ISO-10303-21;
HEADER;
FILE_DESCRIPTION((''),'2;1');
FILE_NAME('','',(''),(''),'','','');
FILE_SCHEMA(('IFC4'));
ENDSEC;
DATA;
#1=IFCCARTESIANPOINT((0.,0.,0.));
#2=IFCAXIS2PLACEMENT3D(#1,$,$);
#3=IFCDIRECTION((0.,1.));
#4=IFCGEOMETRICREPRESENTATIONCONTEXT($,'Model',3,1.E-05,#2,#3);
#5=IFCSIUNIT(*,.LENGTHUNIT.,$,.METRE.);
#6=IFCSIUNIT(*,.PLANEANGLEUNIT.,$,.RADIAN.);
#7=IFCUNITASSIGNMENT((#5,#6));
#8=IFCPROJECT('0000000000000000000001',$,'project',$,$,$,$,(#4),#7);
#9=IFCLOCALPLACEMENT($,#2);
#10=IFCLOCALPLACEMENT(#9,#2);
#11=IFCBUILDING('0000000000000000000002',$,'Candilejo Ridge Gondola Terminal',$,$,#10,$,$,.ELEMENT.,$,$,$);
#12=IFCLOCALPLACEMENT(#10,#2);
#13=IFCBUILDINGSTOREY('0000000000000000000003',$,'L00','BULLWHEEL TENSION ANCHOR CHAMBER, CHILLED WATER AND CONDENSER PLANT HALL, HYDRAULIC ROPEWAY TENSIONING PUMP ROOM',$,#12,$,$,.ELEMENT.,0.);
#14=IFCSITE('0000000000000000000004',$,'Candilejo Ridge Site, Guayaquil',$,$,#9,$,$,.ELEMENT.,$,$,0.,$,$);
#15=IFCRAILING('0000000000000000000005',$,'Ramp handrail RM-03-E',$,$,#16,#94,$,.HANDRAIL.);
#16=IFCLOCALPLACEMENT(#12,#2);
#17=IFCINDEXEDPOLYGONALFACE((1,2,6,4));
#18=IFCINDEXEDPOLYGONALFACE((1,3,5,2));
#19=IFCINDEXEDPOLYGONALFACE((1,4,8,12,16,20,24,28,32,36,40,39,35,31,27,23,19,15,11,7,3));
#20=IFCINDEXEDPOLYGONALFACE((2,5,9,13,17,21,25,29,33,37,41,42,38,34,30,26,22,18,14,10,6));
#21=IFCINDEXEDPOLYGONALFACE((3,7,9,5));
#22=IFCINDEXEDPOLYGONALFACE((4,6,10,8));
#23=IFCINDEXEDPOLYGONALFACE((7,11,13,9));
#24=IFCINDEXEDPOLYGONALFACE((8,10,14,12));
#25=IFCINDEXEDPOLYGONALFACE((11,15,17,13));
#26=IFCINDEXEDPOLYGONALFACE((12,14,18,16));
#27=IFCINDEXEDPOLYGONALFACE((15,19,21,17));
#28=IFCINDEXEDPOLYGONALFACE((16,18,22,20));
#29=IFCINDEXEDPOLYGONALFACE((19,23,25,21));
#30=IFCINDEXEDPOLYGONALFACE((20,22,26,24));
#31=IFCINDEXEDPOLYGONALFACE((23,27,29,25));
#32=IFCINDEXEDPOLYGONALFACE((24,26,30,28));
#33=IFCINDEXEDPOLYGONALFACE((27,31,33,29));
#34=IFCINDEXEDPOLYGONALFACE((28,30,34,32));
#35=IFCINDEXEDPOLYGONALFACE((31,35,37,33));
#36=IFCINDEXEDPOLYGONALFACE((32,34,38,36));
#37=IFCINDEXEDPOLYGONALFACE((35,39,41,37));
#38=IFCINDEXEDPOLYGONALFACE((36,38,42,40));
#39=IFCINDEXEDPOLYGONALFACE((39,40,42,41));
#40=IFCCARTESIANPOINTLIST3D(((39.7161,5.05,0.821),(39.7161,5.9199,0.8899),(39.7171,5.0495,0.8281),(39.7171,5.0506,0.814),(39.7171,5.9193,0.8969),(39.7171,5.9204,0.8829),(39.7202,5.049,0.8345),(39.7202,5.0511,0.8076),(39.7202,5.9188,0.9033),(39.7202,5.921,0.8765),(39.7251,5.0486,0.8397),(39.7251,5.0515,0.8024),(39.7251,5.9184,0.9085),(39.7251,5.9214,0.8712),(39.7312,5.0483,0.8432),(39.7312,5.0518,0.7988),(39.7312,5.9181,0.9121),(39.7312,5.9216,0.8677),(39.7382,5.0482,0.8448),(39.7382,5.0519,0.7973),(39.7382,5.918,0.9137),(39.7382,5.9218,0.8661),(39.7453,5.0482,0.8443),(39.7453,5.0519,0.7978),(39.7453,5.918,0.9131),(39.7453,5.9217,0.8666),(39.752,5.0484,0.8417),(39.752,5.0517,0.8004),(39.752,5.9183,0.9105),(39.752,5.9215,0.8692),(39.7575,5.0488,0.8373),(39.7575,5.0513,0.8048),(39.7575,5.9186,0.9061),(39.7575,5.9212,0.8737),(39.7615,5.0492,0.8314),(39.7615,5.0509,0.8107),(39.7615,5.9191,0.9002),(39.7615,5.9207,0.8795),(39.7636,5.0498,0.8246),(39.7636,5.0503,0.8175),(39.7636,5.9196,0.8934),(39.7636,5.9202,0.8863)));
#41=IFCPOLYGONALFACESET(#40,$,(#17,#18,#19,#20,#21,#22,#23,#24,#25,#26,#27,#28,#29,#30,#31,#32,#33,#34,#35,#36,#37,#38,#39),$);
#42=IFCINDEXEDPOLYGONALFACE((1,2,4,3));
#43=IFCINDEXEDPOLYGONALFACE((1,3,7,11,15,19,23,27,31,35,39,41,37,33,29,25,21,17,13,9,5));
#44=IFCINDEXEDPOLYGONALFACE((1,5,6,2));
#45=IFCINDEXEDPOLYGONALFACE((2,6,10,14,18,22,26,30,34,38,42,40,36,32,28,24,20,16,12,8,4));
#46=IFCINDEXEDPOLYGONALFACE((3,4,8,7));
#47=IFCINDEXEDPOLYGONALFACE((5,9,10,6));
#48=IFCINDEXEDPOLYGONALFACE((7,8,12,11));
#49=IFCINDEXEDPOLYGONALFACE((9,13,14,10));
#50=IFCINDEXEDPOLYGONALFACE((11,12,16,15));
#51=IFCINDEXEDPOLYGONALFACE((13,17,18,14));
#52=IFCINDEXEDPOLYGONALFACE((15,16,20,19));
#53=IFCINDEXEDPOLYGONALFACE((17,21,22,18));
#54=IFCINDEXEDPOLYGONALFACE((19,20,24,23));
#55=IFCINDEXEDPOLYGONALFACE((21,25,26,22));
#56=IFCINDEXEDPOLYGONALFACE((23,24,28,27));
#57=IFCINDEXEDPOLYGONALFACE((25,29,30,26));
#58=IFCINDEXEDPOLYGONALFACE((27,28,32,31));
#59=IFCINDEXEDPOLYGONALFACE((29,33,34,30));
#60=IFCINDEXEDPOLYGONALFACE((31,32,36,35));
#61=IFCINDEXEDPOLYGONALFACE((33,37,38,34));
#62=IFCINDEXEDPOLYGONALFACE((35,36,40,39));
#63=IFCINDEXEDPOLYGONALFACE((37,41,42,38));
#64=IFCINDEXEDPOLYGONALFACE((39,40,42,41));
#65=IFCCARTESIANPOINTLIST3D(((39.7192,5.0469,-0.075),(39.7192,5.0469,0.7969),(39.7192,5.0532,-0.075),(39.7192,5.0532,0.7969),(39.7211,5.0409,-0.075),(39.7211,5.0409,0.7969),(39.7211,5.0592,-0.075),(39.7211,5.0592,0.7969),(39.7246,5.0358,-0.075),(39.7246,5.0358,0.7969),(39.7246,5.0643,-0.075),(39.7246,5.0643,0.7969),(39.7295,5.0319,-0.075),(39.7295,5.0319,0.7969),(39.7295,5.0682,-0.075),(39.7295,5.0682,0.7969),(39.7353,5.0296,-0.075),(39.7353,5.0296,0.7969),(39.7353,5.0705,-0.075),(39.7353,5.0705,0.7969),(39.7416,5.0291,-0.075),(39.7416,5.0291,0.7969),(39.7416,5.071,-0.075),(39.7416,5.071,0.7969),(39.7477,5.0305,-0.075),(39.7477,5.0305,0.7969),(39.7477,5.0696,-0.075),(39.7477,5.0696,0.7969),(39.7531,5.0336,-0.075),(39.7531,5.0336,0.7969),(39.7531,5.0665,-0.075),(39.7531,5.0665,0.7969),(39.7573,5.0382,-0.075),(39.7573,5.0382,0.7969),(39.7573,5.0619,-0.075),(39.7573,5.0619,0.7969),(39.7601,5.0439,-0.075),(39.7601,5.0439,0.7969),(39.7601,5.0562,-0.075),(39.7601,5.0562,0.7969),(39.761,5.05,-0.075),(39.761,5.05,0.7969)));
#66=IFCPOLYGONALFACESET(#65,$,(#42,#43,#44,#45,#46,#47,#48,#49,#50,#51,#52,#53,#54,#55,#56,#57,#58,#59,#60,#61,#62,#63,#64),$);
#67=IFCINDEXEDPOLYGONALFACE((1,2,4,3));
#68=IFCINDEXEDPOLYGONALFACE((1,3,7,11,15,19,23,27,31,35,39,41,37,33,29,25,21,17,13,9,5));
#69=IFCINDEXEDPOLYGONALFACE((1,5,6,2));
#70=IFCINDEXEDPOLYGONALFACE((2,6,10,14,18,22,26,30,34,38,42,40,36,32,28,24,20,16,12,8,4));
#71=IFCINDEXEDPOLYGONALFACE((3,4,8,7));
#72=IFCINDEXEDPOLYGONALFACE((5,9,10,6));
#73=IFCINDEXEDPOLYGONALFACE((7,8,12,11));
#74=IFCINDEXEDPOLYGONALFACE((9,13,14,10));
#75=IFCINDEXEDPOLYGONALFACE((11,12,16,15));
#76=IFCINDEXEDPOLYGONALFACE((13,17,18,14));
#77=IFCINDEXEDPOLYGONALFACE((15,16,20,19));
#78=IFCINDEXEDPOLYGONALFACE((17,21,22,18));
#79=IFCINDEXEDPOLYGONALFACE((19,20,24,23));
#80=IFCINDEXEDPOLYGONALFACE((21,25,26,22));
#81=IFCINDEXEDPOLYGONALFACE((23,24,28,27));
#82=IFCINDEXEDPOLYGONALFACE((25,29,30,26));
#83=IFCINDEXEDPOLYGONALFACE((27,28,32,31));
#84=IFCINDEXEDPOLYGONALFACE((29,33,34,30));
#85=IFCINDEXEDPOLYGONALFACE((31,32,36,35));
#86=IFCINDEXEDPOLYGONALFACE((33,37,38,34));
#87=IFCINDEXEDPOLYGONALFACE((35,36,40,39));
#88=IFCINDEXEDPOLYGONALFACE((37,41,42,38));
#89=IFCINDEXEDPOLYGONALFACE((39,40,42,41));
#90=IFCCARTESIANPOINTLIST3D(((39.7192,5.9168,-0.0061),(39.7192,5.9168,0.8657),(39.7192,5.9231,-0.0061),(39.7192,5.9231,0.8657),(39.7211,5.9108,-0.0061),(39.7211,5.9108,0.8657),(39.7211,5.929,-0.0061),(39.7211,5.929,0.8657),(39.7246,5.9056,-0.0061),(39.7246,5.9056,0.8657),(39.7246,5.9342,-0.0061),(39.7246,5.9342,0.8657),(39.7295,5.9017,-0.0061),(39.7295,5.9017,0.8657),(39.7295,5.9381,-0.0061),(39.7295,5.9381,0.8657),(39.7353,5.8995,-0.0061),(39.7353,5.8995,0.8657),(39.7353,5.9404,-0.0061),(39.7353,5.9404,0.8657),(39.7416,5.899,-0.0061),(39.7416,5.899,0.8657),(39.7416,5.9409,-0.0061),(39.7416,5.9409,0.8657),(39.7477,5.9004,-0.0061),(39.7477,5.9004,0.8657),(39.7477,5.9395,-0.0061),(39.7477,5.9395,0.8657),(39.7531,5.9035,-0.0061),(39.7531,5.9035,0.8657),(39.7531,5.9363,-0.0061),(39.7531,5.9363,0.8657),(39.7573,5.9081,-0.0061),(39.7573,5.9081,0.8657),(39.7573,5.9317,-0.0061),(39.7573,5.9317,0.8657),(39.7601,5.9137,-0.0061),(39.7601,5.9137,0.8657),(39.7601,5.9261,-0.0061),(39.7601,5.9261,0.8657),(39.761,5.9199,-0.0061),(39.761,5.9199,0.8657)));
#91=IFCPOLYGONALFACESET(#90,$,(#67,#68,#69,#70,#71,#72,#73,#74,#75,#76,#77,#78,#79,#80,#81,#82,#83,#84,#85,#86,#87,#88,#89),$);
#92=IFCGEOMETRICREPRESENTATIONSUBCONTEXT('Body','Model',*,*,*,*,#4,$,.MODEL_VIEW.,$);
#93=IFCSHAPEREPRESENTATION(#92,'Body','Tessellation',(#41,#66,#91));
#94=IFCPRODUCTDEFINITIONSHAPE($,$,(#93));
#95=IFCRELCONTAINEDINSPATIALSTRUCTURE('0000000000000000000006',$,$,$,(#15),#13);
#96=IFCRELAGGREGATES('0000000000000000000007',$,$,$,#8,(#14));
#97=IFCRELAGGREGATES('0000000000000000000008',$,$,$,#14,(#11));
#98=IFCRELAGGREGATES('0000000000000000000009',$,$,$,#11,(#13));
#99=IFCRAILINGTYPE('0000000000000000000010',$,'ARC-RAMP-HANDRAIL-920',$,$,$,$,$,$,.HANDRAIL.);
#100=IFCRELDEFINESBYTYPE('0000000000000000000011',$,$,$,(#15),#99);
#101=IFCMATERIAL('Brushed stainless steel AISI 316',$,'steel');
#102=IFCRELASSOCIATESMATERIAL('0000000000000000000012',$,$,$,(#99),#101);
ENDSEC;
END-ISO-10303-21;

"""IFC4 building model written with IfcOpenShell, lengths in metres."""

from ifc_helpers import new_model, si_unit, direction, frame, origin, origin_2d, place, context, subcontext, project, spatial, circle, extrude, material, type_object, element, save


model = new_model("IFC4")

# Units and contexts
model_context = context("Model", 3, precision=1e-05, world=origin(), true_north=direction((0.0, 1.0)))
body_context = subcontext(model_context, "Body", "Model", "MODEL_VIEW")
ifc_project = project(units=[si_unit("LENGTHUNIT", "METRE"), si_unit("PLANEANGLEUNIT", "RADIAN")], contexts=[model_context])

# Site, building, storey
site_placement = place(None, origin())
site = spatial("IfcSite", under=ifc_project, at=site_placement, Name="Candilejo Ridge Site, Guayaquil", CompositionType="ELEMENT", RefElevation=0.0)
building_placement = place(site_placement, origin())
building = spatial("IfcBuilding", under=site, at=building_placement, Name="Candilejo Ridge Gondola Terminal", CompositionType="ELEMENT")
storey_placement = place(building_placement, origin())
storey = spatial("IfcBuildingStorey", under=building, at=storey_placement, Name="L00", Description="BULLWHEEL TENSION ANCHOR CHAMBER, CHILLED WATER AND CONDENSER PLANT HALL, HYDRAULIC ROPEWAY TENSIONING PUMP ROOM", CompositionType="ELEMENT", Elevation=0.0)

# Railing
ifc_material_1 = material(Name="Brushed stainless steel AISI 316", Category="steel")
railing_type = type_object("IfcRailingType", Name="ARC-RAMP-HANDRAIL-920", PredefinedType="HANDRAIL", material=ifc_material_1)
for number, where, name in (
    (1, (39.74, 5.05, -0.075), "Ramp handrail RM-03-E"),
):
    element("IfcRailing", number, at=place(storey_placement, frame(where)), inside=storey, type_object=railing_type, Name=name, PredefinedType="HANDRAIL", context=body_context, shape_type="SweptSolid", body=[
        extrude(circle(Radius=0.0239, at=origin_2d()), frame((0.0, 0.0, 0.896), z_axis=(0.0, 0.996883, 0.0789), x_axis=(-1.0, 0.0, 0.0)), (0.0, 0.0, 1.0), 0.8726),
        extrude(circle(Radius=0.021, at=origin_2d()), origin(), (0.0, 0.0, 1.0), 0.8718),
        extrude(circle(Radius=0.021, at=origin_2d()), frame((0.0, 0.8699, 0.0688)), (0.0, 0.0, 1.0), 0.8718),
    ])

save(model, "model.ifc")
